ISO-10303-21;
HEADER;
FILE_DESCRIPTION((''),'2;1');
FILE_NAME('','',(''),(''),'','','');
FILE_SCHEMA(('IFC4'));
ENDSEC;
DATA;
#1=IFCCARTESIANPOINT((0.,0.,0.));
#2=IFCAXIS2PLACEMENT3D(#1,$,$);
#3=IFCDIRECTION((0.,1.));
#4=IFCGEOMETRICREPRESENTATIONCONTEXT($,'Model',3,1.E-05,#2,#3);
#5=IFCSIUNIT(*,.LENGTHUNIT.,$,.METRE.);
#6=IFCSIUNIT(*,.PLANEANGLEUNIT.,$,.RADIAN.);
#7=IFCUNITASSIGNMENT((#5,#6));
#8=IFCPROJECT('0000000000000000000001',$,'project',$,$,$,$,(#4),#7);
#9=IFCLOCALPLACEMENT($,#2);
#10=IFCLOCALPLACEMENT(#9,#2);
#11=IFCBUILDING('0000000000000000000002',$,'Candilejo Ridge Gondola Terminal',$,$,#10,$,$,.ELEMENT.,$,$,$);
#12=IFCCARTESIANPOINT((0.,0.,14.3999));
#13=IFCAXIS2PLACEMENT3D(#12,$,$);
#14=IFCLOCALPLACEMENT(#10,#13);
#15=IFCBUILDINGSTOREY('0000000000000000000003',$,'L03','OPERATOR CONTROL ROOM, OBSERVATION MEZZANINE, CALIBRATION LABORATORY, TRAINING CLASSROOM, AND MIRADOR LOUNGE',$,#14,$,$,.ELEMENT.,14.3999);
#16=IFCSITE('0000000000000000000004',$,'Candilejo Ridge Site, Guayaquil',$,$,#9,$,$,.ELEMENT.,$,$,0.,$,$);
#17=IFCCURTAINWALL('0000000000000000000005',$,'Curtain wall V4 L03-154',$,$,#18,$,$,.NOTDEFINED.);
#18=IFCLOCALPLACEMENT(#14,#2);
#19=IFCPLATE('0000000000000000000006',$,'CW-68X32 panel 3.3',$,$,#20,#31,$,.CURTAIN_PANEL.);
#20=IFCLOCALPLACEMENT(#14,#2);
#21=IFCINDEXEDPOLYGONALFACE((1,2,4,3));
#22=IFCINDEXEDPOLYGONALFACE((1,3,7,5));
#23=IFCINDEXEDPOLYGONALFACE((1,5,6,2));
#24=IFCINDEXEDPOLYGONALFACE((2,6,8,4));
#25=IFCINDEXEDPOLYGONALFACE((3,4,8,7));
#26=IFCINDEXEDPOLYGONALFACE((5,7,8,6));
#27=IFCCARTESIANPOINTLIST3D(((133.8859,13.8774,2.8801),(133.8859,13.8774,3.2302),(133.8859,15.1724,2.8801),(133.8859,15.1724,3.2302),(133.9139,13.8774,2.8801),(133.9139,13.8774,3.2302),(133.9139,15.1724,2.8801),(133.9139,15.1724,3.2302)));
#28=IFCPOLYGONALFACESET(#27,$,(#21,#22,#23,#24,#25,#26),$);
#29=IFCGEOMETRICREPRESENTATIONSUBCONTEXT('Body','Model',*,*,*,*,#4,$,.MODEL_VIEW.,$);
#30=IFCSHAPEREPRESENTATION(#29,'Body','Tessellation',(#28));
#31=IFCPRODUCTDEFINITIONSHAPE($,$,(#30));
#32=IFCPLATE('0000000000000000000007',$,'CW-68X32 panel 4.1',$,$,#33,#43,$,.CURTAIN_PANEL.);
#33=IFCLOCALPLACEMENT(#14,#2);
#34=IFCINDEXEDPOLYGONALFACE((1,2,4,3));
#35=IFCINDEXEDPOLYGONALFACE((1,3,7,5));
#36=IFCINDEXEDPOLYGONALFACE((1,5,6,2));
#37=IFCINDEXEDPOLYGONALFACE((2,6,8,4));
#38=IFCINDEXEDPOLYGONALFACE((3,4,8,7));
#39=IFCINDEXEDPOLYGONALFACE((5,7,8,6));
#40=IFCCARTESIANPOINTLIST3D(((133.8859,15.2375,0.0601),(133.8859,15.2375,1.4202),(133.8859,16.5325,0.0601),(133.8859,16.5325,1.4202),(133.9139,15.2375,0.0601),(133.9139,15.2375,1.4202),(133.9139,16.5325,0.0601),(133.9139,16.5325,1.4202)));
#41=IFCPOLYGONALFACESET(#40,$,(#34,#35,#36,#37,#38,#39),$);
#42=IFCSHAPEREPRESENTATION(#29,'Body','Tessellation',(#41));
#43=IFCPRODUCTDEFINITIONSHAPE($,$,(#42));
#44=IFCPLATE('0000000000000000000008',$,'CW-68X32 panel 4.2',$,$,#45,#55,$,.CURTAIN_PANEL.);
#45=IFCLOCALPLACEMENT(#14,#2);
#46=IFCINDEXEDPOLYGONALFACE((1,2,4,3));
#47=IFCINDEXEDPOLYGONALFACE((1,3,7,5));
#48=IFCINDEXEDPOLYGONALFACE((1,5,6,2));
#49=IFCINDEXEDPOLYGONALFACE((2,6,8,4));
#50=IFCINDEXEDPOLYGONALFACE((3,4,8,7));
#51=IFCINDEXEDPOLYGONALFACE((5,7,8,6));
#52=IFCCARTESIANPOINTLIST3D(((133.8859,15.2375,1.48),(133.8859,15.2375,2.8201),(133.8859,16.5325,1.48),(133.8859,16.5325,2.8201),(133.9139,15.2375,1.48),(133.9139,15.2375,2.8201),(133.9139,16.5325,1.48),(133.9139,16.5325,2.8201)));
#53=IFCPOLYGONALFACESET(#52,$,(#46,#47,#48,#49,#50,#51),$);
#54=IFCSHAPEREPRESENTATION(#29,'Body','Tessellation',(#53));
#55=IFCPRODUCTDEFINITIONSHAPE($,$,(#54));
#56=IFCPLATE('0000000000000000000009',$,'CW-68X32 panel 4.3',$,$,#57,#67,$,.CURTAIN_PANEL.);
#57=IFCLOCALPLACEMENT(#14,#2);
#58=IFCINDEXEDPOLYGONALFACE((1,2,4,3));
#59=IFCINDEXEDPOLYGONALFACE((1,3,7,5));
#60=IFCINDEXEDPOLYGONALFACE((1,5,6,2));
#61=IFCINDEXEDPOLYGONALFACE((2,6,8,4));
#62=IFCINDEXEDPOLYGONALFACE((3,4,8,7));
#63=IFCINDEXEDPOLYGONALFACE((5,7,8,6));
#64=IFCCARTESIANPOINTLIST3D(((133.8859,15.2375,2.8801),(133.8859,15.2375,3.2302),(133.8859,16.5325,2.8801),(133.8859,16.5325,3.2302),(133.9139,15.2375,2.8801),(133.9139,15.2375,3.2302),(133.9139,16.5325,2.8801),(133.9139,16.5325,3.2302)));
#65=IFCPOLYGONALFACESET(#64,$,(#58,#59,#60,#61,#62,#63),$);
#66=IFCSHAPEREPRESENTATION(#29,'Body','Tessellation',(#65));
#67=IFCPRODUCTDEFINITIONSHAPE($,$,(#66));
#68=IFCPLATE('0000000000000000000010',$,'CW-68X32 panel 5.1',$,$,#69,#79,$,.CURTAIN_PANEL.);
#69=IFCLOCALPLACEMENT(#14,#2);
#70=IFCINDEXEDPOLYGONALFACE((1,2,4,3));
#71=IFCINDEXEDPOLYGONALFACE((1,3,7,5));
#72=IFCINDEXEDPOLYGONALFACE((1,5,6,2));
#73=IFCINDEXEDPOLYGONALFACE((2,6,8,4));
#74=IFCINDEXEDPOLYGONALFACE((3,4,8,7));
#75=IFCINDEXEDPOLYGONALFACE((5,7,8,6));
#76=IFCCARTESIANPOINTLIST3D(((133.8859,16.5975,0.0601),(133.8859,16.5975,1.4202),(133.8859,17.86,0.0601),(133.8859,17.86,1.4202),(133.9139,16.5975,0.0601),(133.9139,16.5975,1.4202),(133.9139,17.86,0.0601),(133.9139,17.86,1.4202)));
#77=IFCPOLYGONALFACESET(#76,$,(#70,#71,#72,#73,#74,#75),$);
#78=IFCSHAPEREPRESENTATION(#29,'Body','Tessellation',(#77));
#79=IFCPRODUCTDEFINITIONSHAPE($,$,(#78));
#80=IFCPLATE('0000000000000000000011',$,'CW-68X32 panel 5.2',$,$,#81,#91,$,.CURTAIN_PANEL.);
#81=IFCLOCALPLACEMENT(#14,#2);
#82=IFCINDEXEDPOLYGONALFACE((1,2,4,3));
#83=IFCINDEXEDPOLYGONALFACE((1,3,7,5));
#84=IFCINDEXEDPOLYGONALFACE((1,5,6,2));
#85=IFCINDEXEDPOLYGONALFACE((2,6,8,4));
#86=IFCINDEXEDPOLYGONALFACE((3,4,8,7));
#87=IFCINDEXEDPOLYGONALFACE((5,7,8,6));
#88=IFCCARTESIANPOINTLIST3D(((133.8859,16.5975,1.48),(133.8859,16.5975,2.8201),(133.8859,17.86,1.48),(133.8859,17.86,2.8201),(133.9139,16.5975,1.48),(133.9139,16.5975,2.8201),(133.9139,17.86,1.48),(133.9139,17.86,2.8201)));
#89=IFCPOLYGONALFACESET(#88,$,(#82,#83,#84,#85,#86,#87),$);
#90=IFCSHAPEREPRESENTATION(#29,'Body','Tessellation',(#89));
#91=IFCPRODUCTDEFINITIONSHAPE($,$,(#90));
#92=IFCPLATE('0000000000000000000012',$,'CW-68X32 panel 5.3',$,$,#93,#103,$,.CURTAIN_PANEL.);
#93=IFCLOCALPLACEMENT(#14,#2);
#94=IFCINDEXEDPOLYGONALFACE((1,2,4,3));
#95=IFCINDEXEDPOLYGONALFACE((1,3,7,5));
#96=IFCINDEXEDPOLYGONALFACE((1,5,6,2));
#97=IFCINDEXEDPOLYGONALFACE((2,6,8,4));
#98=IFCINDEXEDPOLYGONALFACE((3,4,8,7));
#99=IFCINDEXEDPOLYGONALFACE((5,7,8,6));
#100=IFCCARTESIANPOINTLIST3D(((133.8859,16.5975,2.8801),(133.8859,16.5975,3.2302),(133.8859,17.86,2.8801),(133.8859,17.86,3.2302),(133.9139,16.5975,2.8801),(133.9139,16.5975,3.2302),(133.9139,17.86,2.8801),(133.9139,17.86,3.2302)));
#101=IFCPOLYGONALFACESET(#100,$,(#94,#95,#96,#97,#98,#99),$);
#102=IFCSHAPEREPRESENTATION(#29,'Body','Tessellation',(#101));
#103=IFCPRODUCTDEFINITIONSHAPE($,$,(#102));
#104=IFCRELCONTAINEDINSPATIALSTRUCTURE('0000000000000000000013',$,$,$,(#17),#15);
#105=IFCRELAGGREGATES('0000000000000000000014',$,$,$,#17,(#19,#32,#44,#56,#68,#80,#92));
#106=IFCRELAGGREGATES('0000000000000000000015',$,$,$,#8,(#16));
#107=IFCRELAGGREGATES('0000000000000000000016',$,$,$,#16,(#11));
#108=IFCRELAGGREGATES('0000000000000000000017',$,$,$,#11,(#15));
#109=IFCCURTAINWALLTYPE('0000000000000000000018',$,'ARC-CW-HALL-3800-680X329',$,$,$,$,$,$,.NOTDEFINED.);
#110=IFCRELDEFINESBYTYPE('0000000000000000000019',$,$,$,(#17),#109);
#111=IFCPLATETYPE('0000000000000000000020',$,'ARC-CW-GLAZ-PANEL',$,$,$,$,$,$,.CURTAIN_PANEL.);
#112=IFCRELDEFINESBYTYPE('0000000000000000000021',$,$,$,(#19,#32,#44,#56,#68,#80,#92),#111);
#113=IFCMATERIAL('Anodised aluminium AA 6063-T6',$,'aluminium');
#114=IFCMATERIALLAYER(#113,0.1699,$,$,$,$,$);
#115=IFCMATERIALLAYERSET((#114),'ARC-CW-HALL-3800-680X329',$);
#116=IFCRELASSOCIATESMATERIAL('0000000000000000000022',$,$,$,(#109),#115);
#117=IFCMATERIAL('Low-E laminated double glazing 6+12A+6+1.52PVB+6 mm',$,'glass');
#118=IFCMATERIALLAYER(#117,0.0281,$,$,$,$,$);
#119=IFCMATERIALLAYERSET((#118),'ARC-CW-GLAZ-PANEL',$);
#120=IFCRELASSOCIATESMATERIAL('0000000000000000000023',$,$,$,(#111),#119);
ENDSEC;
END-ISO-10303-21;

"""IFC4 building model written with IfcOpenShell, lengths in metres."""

from ifc_helpers import new_model, si_unit, direction, frame, origin, origin_2d, place, context, subcontext, project, spatial, rectangle, extrude, material, layer, layer_set, type_object, element, aggregate, save


model = new_model("IFC4")

# Units and contexts
model_context = context("Model", 3, precision=1e-05, world=origin(), true_north=direction((0.0, 1.0)))
body_context = subcontext(model_context, "Body", "Model", "MODEL_VIEW")
ifc_project = project(units=[si_unit("LENGTHUNIT", "METRE"), si_unit("PLANEANGLEUNIT", "RADIAN")], contexts=[model_context])

# Site, building, storey
site_placement = place(None, origin())
site = spatial("IfcSite", under=ifc_project, at=site_placement, Name="Candilejo Ridge Site, Guayaquil", CompositionType="ELEMENT", RefElevation=0.0)
building_placement = place(site_placement, origin())
building = spatial("IfcBuilding", under=site, at=building_placement, Name="Candilejo Ridge Gondola Terminal", CompositionType="ELEMENT")
storey_placement = place(building_placement, frame((0.0, 0.0, 14.3999)))
storey = spatial("IfcBuildingStorey", under=building, at=storey_placement, Name="L03", Description="OPERATOR CONTROL ROOM, OBSERVATION MEZZANINE, CALIBRATION LABORATORY, TRAINING CLASSROOM, AND MIRADOR LOUNGE", CompositionType="ELEMENT", Elevation=14.3999)

# Shared definitions
ifc_material_1 = material(Name="Anodised aluminium AA 6063-T6", Category="aluminium")
ifc_layer_1 = layer(ifc_material_1, 0.1699)
ifc_layer_set_1 = layer_set([ifc_layer_1], Name="ARC-CW-HALL-3800-680X329")
curtain_wall_type = type_object("IfcCurtainWallType", Name="ARC-CW-HALL-3800-680X329", PredefinedType="NOTDEFINED", material=ifc_layer_set_1)

# Curtain wall
curtain_wall_1_placement = place(storey_placement, origin())
curtain_wall_1 = element("IfcCurtainWall", 1, at=curtain_wall_1_placement, inside=storey, type_object=curtain_wall_type, Name="Curtain wall V4 L03-154", PredefinedType="NOTDEFINED")

# Plates
ifc_material_2 = material(Name="Low-E laminated double glazing 6+12A+6+1.52PVB+6 mm", Category="glass")
ifc_layer_2 = layer(ifc_material_2, 0.0281)
ifc_layer_set_2 = layer_set([ifc_layer_2], Name="ARC-CW-GLAZ-PANEL")
plate_type = type_object("IfcPlateType", Name="ARC-CW-GLAZ-PANEL", PredefinedType="CURTAIN_PANEL", material=ifc_layer_set_2)
plate_1_placement = place(storey_placement, frame((133.8999, 14.5249, 2.8801), z_axis=(0.0, 0.0, 1.0), x_axis=(0.0, 1.0, 0.0)))
plate_1 = element("IfcPlate", 2, at=plate_1_placement, type_object=plate_type, Name="CW-68X32 panel 3.3", PredefinedType="CURTAIN_PANEL", context=body_context, shape_type="SweptSolid", body=[
    extrude(rectangle(XDim=1.2949, YDim=0.0281, at=origin_2d()), origin(), (0.0, 0.0, 1.0), 0.3501),
])
plate_2_placement = place(storey_placement, frame((133.8999, 15.885, 0.0601), z_axis=(0.0, 0.0, 1.0), x_axis=(0.0, 1.0, 0.0)))
plate_2 = element("IfcPlate", 3, at=plate_2_placement, type_object=plate_type, Name="CW-68X32 panel 4.1", PredefinedType="CURTAIN_PANEL", context=body_context, shape_type="SweptSolid", body=[
    extrude(rectangle(XDim=1.2949, YDim=0.0281, at=origin_2d()), origin(), (0.0, 0.0, 1.0), 1.3601),
])
plate_3_placement = place(storey_placement, frame((133.8999, 15.885, 1.48), z_axis=(0.0, 0.0, 1.0), x_axis=(0.0, 1.0, 0.0)))
plate_3 = element("IfcPlate", 4, at=plate_3_placement, type_object=plate_type, Name="CW-68X32 panel 4.2", PredefinedType="CURTAIN_PANEL", context=body_context, shape_type="SweptSolid", body=[
    extrude(rectangle(XDim=1.2949, YDim=0.0281, at=origin_2d()), origin(), (0.0, 0.0, 1.0), 1.3401),
])
plate_4_placement = place(storey_placement, frame((133.8999, 15.885, 2.8801), z_axis=(0.0, 0.0, 1.0), x_axis=(0.0, 1.0, 0.0)))
plate_4 = element("IfcPlate", 5, at=plate_4_placement, type_object=plate_type, Name="CW-68X32 panel 4.3", PredefinedType="CURTAIN_PANEL", context=body_context, shape_type="SweptSolid", body=[
    extrude(rectangle(XDim=1.2949, YDim=0.0281, at=origin_2d()), origin(), (0.0, 0.0, 1.0), 0.3501),
])
plate_5_placement = place(storey_placement, frame((133.8999, 17.2288, 0.0601), z_axis=(0.0, 0.0, 1.0), x_axis=(0.0, 1.0, 0.0)))
plate_5 = element("IfcPlate", 6, at=plate_5_placement, type_object=plate_type, Name="CW-68X32 panel 5.1", PredefinedType="CURTAIN_PANEL", context=body_context, shape_type="SweptSolid", body=[
    extrude(rectangle(XDim=1.2625, YDim=0.0281, at=origin_2d()), origin(), (0.0, 0.0, 1.0), 1.3601),
])
plate_6_placement = place(storey_placement, frame((133.8999, 17.2288, 1.48), z_axis=(0.0, 0.0, 1.0), x_axis=(0.0, 1.0, 0.0)))
plate_6 = element("IfcPlate", 7, at=plate_6_placement, type_object=plate_type, Name="CW-68X32 panel 5.2", PredefinedType="CURTAIN_PANEL", context=body_context, shape_type="SweptSolid", body=[
    extrude(rectangle(XDim=1.2625, YDim=0.0281, at=origin_2d()), origin(), (0.0, 0.0, 1.0), 1.3401),
])
plate_7_placement = place(storey_placement, frame((133.8999, 17.2288, 2.8801), z_axis=(0.0, 0.0, 1.0), x_axis=(0.0, 1.0, 0.0)))
plate_7 = element("IfcPlate", 8, at=plate_7_placement, type_object=plate_type, Name="CW-68X32 panel 5.3", PredefinedType="CURTAIN_PANEL", context=body_context, shape_type="SweptSolid", body=[
    extrude(rectangle(XDim=1.2625, YDim=0.0281, at=origin_2d()), origin(), (0.0, 0.0, 1.0), 0.3501),
])
aggregate(curtain_wall_1, [plate_1, plate_2, plate_3, plate_4, plate_5, plate_6, plate_7])

save(model, "model.ifc")
